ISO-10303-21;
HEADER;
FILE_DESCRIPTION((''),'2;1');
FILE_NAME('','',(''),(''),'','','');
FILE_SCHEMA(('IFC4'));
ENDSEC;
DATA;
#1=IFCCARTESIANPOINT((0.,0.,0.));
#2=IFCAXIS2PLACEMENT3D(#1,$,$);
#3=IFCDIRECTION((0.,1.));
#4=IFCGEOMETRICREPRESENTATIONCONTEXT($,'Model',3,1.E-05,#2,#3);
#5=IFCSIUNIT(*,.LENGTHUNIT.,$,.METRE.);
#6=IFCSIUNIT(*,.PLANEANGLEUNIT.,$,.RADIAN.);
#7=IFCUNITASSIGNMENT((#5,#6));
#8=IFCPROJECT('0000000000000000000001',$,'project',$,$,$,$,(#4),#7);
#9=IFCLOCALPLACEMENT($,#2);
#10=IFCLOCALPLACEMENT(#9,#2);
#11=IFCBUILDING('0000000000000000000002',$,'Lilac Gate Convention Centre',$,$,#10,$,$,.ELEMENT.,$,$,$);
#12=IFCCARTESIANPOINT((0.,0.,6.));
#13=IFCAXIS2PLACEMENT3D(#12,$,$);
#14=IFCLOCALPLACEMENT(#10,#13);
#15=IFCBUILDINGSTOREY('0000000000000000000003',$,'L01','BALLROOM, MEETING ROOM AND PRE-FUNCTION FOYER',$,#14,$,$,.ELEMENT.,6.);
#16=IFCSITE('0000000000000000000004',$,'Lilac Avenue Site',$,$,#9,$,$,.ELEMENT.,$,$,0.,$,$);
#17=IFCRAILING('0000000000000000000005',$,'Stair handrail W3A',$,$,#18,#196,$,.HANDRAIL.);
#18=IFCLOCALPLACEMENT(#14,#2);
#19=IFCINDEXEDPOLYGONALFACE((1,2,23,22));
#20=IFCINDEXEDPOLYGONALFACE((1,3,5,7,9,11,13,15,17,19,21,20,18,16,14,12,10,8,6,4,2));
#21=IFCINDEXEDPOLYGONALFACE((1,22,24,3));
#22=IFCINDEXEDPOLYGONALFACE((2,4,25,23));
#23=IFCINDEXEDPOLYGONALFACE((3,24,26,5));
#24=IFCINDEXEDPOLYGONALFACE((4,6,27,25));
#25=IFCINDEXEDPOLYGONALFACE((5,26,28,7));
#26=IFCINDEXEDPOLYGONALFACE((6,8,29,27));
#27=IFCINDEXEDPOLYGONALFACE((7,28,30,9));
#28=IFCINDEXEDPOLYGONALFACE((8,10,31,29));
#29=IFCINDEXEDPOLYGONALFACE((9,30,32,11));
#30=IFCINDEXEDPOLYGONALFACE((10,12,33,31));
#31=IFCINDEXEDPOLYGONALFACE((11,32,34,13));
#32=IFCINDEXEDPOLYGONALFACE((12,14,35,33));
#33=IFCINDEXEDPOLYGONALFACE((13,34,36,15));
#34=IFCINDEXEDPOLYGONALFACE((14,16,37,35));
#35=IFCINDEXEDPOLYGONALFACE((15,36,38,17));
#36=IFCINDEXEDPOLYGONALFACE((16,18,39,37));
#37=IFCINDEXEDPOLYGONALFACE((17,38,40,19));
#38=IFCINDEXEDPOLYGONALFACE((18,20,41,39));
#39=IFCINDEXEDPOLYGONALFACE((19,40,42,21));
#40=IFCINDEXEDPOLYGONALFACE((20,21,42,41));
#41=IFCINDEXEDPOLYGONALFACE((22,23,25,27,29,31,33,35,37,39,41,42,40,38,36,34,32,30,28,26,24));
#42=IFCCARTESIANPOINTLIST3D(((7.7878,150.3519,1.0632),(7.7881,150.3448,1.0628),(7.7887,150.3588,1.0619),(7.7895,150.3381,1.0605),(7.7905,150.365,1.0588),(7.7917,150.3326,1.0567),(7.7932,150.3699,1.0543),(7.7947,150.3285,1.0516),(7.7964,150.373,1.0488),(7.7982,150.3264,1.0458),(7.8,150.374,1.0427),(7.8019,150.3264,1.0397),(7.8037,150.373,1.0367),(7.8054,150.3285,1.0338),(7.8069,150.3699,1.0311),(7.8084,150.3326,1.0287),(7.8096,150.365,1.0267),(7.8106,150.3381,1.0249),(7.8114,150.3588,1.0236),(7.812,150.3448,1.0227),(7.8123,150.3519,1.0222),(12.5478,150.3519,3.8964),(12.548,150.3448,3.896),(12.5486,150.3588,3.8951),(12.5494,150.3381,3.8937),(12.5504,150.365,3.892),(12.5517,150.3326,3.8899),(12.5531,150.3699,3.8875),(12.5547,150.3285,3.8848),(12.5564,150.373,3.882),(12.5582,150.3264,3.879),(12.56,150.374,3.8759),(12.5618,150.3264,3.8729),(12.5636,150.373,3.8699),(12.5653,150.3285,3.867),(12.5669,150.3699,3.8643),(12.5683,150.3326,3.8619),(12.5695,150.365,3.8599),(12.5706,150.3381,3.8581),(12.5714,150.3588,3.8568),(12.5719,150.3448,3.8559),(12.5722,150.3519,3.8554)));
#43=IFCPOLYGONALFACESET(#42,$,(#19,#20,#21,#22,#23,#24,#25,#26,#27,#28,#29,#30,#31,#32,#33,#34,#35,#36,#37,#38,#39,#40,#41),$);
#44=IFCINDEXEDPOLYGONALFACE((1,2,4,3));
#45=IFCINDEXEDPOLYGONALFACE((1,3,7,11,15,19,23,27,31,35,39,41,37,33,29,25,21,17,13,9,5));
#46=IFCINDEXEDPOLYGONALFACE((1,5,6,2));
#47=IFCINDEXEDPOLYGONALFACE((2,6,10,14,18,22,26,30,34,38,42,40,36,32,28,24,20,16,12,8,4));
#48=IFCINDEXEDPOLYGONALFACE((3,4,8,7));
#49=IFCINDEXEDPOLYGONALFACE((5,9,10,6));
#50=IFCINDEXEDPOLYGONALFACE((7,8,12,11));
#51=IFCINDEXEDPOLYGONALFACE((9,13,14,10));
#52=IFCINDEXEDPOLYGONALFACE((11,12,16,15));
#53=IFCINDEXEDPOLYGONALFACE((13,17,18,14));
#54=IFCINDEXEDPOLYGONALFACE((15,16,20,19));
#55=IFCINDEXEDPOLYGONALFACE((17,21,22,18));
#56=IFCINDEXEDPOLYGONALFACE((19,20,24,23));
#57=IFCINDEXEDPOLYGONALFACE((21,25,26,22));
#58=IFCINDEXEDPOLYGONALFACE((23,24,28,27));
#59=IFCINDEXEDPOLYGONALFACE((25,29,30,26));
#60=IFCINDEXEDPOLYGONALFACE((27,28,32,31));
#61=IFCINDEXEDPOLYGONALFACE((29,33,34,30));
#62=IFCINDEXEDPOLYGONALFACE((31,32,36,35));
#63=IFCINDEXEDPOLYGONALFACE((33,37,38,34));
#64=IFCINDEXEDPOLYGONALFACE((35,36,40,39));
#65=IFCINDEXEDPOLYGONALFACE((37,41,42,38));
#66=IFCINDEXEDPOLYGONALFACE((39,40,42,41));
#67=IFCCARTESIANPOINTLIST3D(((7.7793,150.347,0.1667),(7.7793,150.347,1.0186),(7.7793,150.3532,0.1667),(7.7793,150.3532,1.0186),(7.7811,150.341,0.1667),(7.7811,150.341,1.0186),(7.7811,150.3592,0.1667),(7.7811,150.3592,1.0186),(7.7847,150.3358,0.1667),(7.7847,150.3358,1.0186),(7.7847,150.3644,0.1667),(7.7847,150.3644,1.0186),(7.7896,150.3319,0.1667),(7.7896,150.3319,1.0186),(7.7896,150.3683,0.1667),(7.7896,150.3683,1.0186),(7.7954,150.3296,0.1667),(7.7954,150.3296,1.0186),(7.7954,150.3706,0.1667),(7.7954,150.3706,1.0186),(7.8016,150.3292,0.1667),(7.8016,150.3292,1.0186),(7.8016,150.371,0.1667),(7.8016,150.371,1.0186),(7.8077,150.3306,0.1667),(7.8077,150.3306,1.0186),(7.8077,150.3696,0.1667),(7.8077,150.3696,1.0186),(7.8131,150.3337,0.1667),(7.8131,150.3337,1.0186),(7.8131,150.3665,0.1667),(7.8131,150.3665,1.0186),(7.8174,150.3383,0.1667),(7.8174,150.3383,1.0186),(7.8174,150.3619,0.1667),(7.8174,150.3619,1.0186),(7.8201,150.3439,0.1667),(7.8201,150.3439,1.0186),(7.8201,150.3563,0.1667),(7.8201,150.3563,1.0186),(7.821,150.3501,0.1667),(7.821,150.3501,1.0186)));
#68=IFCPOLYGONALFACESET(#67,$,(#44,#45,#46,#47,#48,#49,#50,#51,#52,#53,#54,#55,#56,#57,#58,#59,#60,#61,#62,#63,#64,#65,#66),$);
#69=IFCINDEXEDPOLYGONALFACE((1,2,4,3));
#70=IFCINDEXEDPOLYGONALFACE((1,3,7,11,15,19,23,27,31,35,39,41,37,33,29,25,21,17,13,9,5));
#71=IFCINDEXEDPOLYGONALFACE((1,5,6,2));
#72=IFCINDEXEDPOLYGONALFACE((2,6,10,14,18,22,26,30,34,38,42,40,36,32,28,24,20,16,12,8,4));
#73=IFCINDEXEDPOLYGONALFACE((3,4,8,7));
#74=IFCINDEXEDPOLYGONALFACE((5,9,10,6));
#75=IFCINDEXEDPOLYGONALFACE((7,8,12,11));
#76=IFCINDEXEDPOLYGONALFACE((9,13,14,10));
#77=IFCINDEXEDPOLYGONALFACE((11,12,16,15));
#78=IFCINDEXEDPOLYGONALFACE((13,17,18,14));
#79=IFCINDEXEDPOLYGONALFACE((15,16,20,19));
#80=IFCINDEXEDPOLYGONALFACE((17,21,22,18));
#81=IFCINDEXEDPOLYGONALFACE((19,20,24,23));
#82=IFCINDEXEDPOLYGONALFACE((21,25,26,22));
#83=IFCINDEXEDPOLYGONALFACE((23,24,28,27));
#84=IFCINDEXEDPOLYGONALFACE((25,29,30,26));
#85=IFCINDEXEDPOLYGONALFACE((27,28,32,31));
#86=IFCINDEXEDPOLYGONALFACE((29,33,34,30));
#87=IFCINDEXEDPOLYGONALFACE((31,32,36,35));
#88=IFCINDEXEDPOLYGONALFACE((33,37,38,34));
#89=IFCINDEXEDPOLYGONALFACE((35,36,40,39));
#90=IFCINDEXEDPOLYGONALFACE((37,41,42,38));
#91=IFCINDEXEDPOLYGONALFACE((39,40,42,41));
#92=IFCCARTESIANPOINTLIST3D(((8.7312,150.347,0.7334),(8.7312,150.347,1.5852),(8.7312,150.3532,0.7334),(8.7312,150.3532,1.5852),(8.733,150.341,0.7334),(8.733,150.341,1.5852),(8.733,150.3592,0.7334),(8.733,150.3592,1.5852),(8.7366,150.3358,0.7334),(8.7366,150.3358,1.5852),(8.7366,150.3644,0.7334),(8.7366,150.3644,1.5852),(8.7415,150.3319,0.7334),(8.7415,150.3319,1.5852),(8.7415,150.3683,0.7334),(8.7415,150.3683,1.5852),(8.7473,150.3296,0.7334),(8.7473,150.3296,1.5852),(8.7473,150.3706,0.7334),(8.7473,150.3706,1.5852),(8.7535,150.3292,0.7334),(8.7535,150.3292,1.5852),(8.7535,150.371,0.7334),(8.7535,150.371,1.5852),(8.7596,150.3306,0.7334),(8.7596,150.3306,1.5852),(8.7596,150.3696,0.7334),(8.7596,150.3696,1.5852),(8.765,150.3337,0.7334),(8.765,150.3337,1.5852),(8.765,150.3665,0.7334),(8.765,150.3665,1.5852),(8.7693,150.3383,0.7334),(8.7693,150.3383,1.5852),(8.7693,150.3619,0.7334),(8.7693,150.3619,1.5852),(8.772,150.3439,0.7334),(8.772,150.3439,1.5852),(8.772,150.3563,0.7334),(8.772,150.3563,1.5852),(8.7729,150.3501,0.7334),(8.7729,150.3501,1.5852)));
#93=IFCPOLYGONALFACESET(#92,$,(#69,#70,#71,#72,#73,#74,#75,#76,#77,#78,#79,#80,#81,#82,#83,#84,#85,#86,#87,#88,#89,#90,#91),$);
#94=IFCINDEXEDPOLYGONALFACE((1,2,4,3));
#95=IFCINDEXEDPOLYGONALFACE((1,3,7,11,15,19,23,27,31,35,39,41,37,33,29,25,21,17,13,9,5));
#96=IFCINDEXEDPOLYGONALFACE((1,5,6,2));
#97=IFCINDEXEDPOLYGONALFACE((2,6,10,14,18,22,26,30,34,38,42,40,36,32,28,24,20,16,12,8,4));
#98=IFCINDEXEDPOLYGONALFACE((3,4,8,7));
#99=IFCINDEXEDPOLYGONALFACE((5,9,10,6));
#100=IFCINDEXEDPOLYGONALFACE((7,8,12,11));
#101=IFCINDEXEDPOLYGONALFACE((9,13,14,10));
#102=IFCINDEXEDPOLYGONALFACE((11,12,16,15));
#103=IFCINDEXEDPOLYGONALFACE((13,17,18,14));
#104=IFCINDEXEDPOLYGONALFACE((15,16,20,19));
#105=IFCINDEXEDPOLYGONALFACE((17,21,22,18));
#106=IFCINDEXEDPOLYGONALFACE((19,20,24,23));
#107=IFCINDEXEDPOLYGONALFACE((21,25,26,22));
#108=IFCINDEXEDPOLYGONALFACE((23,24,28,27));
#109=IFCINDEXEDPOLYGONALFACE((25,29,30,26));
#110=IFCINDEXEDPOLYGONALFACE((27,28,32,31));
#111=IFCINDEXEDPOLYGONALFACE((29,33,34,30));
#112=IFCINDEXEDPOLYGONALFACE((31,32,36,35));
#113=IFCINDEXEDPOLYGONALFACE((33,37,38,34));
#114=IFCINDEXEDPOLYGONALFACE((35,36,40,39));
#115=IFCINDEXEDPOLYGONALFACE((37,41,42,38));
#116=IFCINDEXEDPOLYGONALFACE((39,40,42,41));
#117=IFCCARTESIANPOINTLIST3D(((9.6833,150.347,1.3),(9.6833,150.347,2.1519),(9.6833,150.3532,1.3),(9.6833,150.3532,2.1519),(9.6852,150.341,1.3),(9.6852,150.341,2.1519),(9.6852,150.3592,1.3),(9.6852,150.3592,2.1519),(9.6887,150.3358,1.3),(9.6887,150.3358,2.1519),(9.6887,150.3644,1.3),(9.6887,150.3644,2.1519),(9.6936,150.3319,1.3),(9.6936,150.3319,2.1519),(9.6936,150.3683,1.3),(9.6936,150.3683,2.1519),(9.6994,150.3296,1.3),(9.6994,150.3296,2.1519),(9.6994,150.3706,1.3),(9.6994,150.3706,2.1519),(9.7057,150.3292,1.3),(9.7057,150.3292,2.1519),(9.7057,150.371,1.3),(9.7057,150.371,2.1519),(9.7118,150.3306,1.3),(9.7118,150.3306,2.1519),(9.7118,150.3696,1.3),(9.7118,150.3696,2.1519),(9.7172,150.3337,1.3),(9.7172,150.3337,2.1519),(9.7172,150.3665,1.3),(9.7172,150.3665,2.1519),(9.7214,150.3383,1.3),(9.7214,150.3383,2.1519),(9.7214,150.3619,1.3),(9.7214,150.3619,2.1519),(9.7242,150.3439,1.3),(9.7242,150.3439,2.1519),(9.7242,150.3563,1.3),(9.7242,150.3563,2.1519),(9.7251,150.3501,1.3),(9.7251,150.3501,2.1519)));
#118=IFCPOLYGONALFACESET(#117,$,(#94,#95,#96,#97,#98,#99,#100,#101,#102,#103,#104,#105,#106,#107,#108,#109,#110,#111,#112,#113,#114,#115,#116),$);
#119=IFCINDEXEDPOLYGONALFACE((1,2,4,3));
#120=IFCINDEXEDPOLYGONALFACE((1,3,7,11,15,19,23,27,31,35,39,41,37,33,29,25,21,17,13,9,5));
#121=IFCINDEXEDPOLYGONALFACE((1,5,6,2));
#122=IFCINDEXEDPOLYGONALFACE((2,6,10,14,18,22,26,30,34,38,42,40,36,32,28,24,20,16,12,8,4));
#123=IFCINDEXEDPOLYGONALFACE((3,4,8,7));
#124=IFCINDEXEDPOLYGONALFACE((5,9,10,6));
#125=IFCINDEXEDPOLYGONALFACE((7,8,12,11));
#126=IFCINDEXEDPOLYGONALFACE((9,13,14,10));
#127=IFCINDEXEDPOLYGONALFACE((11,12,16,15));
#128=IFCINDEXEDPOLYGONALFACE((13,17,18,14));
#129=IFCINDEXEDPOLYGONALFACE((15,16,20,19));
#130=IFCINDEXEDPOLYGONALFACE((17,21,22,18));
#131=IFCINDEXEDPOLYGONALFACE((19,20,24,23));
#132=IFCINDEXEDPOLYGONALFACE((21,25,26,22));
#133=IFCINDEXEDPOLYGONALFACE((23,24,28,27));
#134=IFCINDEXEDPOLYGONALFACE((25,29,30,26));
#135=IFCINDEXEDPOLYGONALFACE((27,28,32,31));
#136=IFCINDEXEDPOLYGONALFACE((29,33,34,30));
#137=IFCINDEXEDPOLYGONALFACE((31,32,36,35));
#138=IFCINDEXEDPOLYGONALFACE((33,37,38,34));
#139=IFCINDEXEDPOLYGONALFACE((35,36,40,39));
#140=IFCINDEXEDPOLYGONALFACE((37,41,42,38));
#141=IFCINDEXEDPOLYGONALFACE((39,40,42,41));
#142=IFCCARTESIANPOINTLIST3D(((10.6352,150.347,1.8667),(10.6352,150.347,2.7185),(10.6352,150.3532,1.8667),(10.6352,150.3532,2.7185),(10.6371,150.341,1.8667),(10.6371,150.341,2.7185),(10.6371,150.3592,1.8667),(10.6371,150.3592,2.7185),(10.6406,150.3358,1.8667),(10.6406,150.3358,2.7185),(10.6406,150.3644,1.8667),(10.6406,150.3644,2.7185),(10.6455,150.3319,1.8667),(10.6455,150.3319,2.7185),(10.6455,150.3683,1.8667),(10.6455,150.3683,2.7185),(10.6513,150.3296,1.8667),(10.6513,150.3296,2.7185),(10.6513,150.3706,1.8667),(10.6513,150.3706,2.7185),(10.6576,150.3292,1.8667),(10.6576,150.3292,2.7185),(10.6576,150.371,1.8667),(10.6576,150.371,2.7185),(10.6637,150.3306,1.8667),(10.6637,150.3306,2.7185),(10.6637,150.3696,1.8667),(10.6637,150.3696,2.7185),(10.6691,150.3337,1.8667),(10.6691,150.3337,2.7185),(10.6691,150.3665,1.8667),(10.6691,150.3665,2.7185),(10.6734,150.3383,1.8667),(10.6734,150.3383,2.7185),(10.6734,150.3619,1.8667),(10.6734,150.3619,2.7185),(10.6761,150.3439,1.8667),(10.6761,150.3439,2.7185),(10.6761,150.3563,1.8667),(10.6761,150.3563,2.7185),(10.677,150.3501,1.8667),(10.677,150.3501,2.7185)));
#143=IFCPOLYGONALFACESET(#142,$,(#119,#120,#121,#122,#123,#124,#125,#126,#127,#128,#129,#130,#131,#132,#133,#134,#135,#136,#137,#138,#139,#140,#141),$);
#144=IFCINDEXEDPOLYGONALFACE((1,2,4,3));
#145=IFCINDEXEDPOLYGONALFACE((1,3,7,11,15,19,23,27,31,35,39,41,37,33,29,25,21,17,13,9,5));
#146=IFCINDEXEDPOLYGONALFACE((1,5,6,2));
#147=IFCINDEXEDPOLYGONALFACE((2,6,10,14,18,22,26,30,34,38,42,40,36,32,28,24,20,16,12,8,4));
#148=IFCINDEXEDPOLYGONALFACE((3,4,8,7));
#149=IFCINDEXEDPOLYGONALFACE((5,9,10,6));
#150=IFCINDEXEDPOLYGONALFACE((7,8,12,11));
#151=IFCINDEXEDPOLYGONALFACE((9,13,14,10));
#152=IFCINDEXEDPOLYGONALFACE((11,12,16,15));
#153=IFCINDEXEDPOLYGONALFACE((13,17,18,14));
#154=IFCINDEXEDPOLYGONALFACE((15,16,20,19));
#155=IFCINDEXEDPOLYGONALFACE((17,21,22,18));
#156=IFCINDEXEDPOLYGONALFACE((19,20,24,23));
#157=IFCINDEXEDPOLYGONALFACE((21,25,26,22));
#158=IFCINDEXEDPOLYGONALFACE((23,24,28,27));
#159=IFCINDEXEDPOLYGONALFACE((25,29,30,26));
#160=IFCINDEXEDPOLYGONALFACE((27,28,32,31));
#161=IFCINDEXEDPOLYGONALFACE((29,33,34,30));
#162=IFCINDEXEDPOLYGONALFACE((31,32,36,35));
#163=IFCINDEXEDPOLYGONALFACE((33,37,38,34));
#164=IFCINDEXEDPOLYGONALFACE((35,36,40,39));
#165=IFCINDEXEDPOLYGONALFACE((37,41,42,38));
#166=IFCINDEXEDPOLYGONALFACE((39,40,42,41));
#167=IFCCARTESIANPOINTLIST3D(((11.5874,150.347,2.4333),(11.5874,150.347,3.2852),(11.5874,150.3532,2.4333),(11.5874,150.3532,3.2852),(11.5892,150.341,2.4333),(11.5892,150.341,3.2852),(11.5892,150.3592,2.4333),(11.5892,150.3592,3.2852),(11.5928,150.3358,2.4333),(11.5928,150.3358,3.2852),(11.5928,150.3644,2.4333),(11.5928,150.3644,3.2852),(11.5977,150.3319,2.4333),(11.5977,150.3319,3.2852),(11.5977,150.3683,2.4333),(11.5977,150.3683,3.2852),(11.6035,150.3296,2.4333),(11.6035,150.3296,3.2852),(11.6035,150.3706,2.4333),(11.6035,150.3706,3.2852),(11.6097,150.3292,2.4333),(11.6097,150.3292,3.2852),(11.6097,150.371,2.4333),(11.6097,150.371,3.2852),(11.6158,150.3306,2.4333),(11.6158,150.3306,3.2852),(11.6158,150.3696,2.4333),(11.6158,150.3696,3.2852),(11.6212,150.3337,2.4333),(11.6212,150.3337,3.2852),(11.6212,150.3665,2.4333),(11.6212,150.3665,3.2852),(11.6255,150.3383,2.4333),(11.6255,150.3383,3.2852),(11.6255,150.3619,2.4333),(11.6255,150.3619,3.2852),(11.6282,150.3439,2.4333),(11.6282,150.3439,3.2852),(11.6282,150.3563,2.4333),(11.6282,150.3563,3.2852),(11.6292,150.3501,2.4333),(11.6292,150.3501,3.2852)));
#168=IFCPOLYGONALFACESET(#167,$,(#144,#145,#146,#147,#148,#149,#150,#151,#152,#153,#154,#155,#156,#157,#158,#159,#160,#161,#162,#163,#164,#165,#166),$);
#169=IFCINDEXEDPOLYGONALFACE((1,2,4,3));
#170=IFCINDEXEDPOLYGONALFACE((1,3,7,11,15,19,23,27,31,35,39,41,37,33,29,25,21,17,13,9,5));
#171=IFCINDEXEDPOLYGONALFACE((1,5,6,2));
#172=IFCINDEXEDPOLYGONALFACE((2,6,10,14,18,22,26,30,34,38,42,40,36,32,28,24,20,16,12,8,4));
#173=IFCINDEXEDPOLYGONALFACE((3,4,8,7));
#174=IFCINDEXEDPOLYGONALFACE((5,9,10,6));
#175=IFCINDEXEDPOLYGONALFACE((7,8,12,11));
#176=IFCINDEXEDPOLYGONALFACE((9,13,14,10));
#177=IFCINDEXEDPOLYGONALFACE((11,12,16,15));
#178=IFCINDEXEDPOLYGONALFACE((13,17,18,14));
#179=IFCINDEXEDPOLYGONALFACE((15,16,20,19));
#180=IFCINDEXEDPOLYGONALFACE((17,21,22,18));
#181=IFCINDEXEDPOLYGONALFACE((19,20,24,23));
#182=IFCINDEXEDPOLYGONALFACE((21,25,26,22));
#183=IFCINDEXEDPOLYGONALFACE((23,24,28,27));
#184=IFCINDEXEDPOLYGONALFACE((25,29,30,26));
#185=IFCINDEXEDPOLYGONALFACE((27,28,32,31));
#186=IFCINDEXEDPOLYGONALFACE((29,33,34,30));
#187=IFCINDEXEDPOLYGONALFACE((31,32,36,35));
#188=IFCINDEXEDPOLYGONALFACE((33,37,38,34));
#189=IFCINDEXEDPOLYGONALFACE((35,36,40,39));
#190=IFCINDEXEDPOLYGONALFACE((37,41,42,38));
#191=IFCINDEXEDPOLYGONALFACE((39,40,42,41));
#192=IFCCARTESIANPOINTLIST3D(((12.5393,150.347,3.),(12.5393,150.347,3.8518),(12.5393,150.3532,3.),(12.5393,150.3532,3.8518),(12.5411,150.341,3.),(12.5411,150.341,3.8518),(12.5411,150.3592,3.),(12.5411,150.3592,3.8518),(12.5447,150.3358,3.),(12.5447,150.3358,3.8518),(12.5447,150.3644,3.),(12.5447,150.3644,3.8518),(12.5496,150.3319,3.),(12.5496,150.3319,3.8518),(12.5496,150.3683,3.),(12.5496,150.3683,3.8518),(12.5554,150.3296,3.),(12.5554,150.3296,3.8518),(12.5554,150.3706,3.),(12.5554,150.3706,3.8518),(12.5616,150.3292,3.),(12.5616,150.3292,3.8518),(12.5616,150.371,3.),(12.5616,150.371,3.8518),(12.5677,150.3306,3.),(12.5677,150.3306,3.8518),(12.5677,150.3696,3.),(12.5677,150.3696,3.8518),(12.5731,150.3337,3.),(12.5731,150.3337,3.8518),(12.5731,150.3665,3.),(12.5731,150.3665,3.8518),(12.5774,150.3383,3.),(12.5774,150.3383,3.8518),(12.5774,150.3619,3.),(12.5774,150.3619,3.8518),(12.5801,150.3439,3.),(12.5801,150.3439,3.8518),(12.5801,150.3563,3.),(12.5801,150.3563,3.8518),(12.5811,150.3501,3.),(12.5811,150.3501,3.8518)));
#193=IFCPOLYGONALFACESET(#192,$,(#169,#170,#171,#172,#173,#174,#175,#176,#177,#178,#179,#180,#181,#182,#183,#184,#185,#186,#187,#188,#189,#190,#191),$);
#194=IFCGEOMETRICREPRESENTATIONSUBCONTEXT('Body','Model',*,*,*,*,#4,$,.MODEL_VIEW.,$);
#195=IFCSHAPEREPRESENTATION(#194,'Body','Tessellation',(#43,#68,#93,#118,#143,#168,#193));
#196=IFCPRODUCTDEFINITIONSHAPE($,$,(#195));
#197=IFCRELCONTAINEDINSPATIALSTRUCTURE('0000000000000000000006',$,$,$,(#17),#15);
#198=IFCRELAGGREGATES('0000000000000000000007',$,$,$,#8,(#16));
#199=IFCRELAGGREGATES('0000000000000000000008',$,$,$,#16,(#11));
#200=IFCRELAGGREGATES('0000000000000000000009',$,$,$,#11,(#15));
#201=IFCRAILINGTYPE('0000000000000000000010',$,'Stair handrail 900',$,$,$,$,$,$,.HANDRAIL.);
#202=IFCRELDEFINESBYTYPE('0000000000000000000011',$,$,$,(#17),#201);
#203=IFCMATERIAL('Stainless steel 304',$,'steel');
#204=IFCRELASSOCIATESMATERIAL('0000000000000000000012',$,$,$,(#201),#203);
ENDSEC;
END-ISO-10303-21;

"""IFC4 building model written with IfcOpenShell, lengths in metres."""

from ifc_helpers import new_model, si_unit, direction, frame, origin, origin_2d, place, context, subcontext, project, spatial, circle, extrude, material, type_object, element, save


model = new_model("IFC4")

# Units and contexts
model_context = context("Model", 3, precision=1e-05, world=origin(), true_north=direction((0.0, 1.0)))
body_context = subcontext(model_context, "Body", "Model", "MODEL_VIEW")
ifc_project = project(units=[si_unit("LENGTHUNIT", "METRE"), si_unit("PLANEANGLEUNIT", "RADIAN")], contexts=[model_context])

# Site, building, storey
site_placement = place(None, origin())
site = spatial("IfcSite", under=ifc_project, at=site_placement, Name="Lilac Avenue Site", CompositionType="ELEMENT", RefElevation=0.0)
building_placement = place(site_placement, origin())
building = spatial("IfcBuilding", under=site, at=building_placement, Name="Lilac Gate Convention Centre", CompositionType="ELEMENT")
storey_placement = place(building_placement, frame((0.0, 0.0, 6.0)))
storey = spatial("IfcBuildingStorey", under=building, at=storey_placement, Name="L01", Description="BALLROOM, MEETING ROOM AND PRE-FUNCTION FOYER", CompositionType="ELEMENT", Elevation=6.0)

# Shared definitions
ifc_material_1 = material(Name="Stainless steel 304", Category="steel")

# Railing
railing_type = type_object("IfcRailingType", Name="Stair handrail 900", PredefinedType="HANDRAIL", material=ifc_material_1)
for number, where, name in (
    (1, (7.8, 150.3501, 0.1667), "Stair handrail W3A"),
):
    element("IfcRailing", number, at=place(storey_placement, frame(where)), inside=storey, type_object=railing_type, Name=name, PredefinedType="HANDRAIL", context=body_context, shape_type="SweptSolid", body=[
        extrude(circle(Radius=0.0239, at=origin_2d()), frame((0.0, 0.0, 0.876), z_axis=(0.8593, 0.0, 0.511472), x_axis=(0.0, 1.0, 0.0)), (0.0, 0.0, 1.0), 5.5393),
        extrude(circle(Radius=0.021, at=origin_2d()), origin(), (0.0, 0.0, 1.0), 0.8518),
        extrude(circle(Radius=0.021, at=origin_2d()), frame((0.9519, 0.0, 0.5667)), (0.0, 0.0, 1.0), 0.8518),
        extrude(circle(Radius=0.021, at=origin_2d()), frame((1.9041, 0.0, 1.1333)), (0.0, 0.0, 1.0), 0.8518),
        extrude(circle(Radius=0.021, at=origin_2d()), frame((2.856, 0.0, 1.7)), (0.0, 0.0, 1.0), 0.8518),
        extrude(circle(Radius=0.021, at=origin_2d()), frame((3.8081, 0.0, 2.2666)), (0.0, 0.0, 1.0), 0.8518),
        extrude(circle(Radius=0.021, at=origin_2d()), frame((4.76, 0.0, 2.8333)), (0.0, 0.0, 1.0), 0.8518),
    ])

save(model, "model.ifc")
